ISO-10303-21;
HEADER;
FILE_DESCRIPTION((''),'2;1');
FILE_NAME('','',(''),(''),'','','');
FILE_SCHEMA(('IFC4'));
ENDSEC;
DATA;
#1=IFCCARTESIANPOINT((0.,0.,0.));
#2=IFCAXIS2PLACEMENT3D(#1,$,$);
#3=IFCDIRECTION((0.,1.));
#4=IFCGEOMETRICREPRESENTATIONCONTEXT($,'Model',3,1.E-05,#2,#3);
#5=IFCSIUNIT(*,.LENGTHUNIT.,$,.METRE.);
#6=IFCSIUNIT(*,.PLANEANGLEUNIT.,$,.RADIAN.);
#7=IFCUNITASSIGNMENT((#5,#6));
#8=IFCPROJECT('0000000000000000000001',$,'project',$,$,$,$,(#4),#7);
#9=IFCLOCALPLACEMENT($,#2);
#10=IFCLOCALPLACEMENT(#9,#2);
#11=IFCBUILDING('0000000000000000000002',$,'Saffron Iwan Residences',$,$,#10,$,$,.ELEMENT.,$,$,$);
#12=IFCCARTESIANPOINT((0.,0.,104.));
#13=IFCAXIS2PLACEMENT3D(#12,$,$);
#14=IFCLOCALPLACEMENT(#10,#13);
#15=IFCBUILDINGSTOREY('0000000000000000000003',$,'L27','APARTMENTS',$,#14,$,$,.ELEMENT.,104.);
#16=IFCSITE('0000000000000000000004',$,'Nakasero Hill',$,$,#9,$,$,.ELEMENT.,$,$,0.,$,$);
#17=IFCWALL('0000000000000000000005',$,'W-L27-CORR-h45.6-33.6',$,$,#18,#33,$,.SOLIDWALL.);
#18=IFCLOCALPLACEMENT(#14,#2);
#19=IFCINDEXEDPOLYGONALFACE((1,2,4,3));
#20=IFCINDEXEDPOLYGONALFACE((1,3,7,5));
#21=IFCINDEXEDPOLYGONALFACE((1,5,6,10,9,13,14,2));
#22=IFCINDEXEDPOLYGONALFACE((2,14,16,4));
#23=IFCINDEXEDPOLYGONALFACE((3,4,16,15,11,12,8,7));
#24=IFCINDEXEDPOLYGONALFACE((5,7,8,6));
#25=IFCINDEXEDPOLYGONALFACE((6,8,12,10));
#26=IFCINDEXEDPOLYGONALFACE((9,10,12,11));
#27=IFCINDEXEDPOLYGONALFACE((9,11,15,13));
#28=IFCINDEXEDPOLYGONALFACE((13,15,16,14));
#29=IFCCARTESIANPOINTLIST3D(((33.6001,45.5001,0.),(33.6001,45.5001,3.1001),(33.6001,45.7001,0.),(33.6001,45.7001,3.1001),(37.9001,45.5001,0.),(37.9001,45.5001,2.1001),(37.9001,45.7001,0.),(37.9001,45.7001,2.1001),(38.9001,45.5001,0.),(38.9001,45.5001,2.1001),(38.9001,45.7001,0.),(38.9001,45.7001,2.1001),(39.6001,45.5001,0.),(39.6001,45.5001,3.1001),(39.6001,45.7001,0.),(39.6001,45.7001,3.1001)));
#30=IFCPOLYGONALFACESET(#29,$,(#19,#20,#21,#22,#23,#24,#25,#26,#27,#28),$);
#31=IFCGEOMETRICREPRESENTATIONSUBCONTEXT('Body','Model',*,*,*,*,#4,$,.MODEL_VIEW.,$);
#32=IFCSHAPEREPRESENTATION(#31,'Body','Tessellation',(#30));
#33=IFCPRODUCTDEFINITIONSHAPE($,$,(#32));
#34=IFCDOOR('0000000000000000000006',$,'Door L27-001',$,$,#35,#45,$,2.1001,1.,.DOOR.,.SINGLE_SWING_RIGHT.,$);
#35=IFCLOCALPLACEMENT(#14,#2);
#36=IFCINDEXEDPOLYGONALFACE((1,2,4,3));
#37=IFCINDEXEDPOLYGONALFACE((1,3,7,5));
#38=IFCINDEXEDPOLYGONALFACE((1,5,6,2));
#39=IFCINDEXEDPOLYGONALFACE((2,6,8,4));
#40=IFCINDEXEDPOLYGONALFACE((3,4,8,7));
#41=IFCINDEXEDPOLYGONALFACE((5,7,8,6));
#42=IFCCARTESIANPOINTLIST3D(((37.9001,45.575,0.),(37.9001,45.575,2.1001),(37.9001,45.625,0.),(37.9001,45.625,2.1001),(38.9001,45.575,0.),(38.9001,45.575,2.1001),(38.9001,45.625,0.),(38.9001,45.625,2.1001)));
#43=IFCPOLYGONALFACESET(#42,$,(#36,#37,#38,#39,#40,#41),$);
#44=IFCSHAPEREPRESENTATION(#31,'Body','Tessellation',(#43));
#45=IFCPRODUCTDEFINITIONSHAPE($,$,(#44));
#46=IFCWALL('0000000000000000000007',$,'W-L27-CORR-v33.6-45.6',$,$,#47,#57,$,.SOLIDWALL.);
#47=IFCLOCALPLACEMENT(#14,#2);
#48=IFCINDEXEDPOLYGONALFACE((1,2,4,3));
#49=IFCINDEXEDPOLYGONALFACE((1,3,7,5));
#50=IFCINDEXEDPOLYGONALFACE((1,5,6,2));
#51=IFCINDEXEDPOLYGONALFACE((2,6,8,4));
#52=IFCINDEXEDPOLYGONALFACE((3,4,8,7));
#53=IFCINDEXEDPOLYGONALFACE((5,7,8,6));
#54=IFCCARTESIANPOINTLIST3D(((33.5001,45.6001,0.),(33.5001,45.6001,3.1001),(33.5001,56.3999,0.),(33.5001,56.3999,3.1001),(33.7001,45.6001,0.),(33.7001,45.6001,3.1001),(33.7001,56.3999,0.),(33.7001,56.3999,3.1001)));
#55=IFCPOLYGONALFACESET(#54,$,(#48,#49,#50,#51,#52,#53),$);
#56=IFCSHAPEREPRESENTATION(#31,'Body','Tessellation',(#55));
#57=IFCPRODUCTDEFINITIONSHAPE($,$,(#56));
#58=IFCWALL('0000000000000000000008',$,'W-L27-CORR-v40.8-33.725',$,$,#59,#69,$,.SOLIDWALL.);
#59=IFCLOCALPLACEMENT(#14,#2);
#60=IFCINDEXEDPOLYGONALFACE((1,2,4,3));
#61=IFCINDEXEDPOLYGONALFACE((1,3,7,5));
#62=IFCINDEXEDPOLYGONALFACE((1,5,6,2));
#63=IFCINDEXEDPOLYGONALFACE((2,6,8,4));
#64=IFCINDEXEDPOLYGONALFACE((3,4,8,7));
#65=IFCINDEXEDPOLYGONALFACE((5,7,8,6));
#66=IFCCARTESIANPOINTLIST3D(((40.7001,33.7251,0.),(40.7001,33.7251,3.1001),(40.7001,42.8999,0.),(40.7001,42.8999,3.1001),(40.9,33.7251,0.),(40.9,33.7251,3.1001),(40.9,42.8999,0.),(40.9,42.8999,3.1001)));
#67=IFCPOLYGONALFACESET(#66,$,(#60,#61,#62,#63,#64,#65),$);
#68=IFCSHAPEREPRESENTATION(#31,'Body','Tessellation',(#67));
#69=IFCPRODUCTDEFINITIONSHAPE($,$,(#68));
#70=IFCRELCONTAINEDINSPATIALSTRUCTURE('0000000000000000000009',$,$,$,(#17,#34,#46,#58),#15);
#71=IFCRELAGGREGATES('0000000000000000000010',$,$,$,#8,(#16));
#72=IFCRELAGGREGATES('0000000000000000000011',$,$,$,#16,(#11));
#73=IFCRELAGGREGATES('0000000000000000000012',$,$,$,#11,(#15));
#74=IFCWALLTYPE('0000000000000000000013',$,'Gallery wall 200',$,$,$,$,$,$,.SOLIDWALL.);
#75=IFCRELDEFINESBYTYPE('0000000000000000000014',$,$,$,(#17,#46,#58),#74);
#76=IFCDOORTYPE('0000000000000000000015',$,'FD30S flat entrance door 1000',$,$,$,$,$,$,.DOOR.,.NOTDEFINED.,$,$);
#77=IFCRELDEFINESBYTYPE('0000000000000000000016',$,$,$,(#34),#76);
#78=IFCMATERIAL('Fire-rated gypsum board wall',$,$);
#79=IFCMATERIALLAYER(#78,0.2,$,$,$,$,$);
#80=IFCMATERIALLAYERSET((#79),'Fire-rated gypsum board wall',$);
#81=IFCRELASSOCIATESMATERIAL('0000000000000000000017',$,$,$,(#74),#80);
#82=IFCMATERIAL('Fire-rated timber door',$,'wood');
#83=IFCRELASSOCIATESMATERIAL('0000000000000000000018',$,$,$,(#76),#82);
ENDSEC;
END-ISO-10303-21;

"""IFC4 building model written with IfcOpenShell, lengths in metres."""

from ifc_helpers import new_model, si_unit, direction, frame, frame_2d, origin, place, context, subcontext, project, spatial, rectangle, extrude, material, layer, layer_set, type_object, element, fill, save


model = new_model("IFC4")

# Units and contexts
model_context = context("Model", 3, precision=1e-05, world=origin(), true_north=direction((0.0, 1.0)))
body_context = subcontext(model_context, "Body", "Model", "MODEL_VIEW")
ifc_project = project(units=[si_unit("LENGTHUNIT", "METRE"), si_unit("PLANEANGLEUNIT", "RADIAN")], contexts=[model_context])

# Site, building, storey
site_placement = place(None, origin())
site = spatial("IfcSite", under=ifc_project, at=site_placement, Name="Nakasero Hill", CompositionType="ELEMENT", RefElevation=0.0)
building_placement = place(site_placement, origin())
building = spatial("IfcBuilding", under=site, at=building_placement, Name="Saffron Iwan Residences", CompositionType="ELEMENT")
storey_placement = place(building_placement, frame((0.0, 0.0, 104.0)))
storey = spatial("IfcBuildingStorey", under=building, at=storey_placement, Name="L27", Description="APARTMENTS", CompositionType="ELEMENT", Elevation=104.0)

# Wall, opening, door
ifc_material_1 = material(Name="Fire-rated gypsum board wall")
ifc_layer_1 = layer(ifc_material_1, 0.2)
ifc_layer_set_1 = layer_set([ifc_layer_1], Name="Fire-rated gypsum board wall")
wall_type_1 = type_object("IfcWallType", Name="Gallery wall 200", PredefinedType="SOLIDWALL", material=ifc_layer_set_1)
wall_1_placement = place(storey_placement, frame((33.6001, 45.6001, 0.0), z_axis=(0.0, 0.0, 1.0), x_axis=(1.0, 0.0, 0.0)))
wall_1 = element("IfcWall", 1, at=wall_1_placement, inside=storey, type_object=wall_type_1, Name="W-L27-CORR-h45.6-33.6", PredefinedType="SOLIDWALL", context=body_context, shape_type="SweptSolid", body=[
    extrude(rectangle(XDim=6.0, YDim=0.2, at=frame_2d((3.0, 0.0))), origin(), (0.0, 0.0, 1.0), 3.1001),
])
opening_1_placement = place(wall_1_placement, frame((4.3, 0.0, 0.0)))
opening_1 = element("IfcOpeningElement", 2, at=opening_1_placement, cuts=wall_1, PredefinedType="OPENING", context=body_context, shape_type="SweptSolid", body=[
    extrude(rectangle(XDim=1.0, YDim=2.1001, at=frame_2d((0.5, 1.05))), frame((0.0, 0.1099, 0.0), z_axis=(0.0, -1.0, 0.0), x_axis=(1.0, 0.0, 0.0)), (0.0, 0.0, 1.0), 0.22),
])
ifc_material_2 = material(Name="Fire-rated timber door", Category="wood")
door_type_1 = type_object("IfcDoorType", Name="FD30S flat entrance door 1000", OperationType="NOTDEFINED", PredefinedType="DOOR", material=ifc_material_2)
door_1_placement = place(opening_1_placement, origin())
door_1 = element("IfcDoor", 3, at=door_1_placement, inside=storey, type_object=door_type_1, Name="Door L27-001", OperationType="SINGLE_SWING_RIGHT", OverallHeight=2.1001, OverallWidth=1.0, PredefinedType="DOOR", context=body_context, shape_type="SweptSolid", body=[
    extrude(rectangle(XDim=1.0, YDim=2.1001, at=frame_2d((0.5, 1.05))), frame((0.0, 0.0249, 0.0), z_axis=(0.0, -1.0, 0.0), x_axis=(1.0, 0.0, 0.0)), (0.0, 0.0, 1.0), 0.05),
])
fill(opening_1, door_1)

# Walls
wall_2_placement = place(storey_placement, frame((33.6001, 45.6001, 0.0), z_axis=(0.0, 0.0, 1.0), x_axis=(0.0, 1.0, 0.0)))
element("IfcWall", 4, at=wall_2_placement, inside=storey, type_object=wall_type_1, Name="W-L27-CORR-v33.6-45.6", PredefinedType="SOLIDWALL", context=body_context, shape_type="SweptSolid", body=[
    extrude(rectangle(XDim=10.7998, YDim=0.2, at=frame_2d((5.3999, 0.0))), origin(), (0.0, 0.0, 1.0), 3.1001),
])
wall_3_placement = place(storey_placement, frame((40.8, 33.7251, 0.0), z_axis=(0.0, 0.0, 1.0), x_axis=(0.0, 1.0, 0.0)))
element("IfcWall", 5, at=wall_3_placement, inside=storey, type_object=wall_type_1, Name="W-L27-CORR-v40.8-33.725", PredefinedType="SOLIDWALL", context=body_context, shape_type="SweptSolid", body=[
    extrude(rectangle(XDim=9.1748, YDim=0.2, at=frame_2d((4.5874, 0.0))), origin(), (0.0, 0.0, 1.0), 3.1001),
])

save(model, "model.ifc")
